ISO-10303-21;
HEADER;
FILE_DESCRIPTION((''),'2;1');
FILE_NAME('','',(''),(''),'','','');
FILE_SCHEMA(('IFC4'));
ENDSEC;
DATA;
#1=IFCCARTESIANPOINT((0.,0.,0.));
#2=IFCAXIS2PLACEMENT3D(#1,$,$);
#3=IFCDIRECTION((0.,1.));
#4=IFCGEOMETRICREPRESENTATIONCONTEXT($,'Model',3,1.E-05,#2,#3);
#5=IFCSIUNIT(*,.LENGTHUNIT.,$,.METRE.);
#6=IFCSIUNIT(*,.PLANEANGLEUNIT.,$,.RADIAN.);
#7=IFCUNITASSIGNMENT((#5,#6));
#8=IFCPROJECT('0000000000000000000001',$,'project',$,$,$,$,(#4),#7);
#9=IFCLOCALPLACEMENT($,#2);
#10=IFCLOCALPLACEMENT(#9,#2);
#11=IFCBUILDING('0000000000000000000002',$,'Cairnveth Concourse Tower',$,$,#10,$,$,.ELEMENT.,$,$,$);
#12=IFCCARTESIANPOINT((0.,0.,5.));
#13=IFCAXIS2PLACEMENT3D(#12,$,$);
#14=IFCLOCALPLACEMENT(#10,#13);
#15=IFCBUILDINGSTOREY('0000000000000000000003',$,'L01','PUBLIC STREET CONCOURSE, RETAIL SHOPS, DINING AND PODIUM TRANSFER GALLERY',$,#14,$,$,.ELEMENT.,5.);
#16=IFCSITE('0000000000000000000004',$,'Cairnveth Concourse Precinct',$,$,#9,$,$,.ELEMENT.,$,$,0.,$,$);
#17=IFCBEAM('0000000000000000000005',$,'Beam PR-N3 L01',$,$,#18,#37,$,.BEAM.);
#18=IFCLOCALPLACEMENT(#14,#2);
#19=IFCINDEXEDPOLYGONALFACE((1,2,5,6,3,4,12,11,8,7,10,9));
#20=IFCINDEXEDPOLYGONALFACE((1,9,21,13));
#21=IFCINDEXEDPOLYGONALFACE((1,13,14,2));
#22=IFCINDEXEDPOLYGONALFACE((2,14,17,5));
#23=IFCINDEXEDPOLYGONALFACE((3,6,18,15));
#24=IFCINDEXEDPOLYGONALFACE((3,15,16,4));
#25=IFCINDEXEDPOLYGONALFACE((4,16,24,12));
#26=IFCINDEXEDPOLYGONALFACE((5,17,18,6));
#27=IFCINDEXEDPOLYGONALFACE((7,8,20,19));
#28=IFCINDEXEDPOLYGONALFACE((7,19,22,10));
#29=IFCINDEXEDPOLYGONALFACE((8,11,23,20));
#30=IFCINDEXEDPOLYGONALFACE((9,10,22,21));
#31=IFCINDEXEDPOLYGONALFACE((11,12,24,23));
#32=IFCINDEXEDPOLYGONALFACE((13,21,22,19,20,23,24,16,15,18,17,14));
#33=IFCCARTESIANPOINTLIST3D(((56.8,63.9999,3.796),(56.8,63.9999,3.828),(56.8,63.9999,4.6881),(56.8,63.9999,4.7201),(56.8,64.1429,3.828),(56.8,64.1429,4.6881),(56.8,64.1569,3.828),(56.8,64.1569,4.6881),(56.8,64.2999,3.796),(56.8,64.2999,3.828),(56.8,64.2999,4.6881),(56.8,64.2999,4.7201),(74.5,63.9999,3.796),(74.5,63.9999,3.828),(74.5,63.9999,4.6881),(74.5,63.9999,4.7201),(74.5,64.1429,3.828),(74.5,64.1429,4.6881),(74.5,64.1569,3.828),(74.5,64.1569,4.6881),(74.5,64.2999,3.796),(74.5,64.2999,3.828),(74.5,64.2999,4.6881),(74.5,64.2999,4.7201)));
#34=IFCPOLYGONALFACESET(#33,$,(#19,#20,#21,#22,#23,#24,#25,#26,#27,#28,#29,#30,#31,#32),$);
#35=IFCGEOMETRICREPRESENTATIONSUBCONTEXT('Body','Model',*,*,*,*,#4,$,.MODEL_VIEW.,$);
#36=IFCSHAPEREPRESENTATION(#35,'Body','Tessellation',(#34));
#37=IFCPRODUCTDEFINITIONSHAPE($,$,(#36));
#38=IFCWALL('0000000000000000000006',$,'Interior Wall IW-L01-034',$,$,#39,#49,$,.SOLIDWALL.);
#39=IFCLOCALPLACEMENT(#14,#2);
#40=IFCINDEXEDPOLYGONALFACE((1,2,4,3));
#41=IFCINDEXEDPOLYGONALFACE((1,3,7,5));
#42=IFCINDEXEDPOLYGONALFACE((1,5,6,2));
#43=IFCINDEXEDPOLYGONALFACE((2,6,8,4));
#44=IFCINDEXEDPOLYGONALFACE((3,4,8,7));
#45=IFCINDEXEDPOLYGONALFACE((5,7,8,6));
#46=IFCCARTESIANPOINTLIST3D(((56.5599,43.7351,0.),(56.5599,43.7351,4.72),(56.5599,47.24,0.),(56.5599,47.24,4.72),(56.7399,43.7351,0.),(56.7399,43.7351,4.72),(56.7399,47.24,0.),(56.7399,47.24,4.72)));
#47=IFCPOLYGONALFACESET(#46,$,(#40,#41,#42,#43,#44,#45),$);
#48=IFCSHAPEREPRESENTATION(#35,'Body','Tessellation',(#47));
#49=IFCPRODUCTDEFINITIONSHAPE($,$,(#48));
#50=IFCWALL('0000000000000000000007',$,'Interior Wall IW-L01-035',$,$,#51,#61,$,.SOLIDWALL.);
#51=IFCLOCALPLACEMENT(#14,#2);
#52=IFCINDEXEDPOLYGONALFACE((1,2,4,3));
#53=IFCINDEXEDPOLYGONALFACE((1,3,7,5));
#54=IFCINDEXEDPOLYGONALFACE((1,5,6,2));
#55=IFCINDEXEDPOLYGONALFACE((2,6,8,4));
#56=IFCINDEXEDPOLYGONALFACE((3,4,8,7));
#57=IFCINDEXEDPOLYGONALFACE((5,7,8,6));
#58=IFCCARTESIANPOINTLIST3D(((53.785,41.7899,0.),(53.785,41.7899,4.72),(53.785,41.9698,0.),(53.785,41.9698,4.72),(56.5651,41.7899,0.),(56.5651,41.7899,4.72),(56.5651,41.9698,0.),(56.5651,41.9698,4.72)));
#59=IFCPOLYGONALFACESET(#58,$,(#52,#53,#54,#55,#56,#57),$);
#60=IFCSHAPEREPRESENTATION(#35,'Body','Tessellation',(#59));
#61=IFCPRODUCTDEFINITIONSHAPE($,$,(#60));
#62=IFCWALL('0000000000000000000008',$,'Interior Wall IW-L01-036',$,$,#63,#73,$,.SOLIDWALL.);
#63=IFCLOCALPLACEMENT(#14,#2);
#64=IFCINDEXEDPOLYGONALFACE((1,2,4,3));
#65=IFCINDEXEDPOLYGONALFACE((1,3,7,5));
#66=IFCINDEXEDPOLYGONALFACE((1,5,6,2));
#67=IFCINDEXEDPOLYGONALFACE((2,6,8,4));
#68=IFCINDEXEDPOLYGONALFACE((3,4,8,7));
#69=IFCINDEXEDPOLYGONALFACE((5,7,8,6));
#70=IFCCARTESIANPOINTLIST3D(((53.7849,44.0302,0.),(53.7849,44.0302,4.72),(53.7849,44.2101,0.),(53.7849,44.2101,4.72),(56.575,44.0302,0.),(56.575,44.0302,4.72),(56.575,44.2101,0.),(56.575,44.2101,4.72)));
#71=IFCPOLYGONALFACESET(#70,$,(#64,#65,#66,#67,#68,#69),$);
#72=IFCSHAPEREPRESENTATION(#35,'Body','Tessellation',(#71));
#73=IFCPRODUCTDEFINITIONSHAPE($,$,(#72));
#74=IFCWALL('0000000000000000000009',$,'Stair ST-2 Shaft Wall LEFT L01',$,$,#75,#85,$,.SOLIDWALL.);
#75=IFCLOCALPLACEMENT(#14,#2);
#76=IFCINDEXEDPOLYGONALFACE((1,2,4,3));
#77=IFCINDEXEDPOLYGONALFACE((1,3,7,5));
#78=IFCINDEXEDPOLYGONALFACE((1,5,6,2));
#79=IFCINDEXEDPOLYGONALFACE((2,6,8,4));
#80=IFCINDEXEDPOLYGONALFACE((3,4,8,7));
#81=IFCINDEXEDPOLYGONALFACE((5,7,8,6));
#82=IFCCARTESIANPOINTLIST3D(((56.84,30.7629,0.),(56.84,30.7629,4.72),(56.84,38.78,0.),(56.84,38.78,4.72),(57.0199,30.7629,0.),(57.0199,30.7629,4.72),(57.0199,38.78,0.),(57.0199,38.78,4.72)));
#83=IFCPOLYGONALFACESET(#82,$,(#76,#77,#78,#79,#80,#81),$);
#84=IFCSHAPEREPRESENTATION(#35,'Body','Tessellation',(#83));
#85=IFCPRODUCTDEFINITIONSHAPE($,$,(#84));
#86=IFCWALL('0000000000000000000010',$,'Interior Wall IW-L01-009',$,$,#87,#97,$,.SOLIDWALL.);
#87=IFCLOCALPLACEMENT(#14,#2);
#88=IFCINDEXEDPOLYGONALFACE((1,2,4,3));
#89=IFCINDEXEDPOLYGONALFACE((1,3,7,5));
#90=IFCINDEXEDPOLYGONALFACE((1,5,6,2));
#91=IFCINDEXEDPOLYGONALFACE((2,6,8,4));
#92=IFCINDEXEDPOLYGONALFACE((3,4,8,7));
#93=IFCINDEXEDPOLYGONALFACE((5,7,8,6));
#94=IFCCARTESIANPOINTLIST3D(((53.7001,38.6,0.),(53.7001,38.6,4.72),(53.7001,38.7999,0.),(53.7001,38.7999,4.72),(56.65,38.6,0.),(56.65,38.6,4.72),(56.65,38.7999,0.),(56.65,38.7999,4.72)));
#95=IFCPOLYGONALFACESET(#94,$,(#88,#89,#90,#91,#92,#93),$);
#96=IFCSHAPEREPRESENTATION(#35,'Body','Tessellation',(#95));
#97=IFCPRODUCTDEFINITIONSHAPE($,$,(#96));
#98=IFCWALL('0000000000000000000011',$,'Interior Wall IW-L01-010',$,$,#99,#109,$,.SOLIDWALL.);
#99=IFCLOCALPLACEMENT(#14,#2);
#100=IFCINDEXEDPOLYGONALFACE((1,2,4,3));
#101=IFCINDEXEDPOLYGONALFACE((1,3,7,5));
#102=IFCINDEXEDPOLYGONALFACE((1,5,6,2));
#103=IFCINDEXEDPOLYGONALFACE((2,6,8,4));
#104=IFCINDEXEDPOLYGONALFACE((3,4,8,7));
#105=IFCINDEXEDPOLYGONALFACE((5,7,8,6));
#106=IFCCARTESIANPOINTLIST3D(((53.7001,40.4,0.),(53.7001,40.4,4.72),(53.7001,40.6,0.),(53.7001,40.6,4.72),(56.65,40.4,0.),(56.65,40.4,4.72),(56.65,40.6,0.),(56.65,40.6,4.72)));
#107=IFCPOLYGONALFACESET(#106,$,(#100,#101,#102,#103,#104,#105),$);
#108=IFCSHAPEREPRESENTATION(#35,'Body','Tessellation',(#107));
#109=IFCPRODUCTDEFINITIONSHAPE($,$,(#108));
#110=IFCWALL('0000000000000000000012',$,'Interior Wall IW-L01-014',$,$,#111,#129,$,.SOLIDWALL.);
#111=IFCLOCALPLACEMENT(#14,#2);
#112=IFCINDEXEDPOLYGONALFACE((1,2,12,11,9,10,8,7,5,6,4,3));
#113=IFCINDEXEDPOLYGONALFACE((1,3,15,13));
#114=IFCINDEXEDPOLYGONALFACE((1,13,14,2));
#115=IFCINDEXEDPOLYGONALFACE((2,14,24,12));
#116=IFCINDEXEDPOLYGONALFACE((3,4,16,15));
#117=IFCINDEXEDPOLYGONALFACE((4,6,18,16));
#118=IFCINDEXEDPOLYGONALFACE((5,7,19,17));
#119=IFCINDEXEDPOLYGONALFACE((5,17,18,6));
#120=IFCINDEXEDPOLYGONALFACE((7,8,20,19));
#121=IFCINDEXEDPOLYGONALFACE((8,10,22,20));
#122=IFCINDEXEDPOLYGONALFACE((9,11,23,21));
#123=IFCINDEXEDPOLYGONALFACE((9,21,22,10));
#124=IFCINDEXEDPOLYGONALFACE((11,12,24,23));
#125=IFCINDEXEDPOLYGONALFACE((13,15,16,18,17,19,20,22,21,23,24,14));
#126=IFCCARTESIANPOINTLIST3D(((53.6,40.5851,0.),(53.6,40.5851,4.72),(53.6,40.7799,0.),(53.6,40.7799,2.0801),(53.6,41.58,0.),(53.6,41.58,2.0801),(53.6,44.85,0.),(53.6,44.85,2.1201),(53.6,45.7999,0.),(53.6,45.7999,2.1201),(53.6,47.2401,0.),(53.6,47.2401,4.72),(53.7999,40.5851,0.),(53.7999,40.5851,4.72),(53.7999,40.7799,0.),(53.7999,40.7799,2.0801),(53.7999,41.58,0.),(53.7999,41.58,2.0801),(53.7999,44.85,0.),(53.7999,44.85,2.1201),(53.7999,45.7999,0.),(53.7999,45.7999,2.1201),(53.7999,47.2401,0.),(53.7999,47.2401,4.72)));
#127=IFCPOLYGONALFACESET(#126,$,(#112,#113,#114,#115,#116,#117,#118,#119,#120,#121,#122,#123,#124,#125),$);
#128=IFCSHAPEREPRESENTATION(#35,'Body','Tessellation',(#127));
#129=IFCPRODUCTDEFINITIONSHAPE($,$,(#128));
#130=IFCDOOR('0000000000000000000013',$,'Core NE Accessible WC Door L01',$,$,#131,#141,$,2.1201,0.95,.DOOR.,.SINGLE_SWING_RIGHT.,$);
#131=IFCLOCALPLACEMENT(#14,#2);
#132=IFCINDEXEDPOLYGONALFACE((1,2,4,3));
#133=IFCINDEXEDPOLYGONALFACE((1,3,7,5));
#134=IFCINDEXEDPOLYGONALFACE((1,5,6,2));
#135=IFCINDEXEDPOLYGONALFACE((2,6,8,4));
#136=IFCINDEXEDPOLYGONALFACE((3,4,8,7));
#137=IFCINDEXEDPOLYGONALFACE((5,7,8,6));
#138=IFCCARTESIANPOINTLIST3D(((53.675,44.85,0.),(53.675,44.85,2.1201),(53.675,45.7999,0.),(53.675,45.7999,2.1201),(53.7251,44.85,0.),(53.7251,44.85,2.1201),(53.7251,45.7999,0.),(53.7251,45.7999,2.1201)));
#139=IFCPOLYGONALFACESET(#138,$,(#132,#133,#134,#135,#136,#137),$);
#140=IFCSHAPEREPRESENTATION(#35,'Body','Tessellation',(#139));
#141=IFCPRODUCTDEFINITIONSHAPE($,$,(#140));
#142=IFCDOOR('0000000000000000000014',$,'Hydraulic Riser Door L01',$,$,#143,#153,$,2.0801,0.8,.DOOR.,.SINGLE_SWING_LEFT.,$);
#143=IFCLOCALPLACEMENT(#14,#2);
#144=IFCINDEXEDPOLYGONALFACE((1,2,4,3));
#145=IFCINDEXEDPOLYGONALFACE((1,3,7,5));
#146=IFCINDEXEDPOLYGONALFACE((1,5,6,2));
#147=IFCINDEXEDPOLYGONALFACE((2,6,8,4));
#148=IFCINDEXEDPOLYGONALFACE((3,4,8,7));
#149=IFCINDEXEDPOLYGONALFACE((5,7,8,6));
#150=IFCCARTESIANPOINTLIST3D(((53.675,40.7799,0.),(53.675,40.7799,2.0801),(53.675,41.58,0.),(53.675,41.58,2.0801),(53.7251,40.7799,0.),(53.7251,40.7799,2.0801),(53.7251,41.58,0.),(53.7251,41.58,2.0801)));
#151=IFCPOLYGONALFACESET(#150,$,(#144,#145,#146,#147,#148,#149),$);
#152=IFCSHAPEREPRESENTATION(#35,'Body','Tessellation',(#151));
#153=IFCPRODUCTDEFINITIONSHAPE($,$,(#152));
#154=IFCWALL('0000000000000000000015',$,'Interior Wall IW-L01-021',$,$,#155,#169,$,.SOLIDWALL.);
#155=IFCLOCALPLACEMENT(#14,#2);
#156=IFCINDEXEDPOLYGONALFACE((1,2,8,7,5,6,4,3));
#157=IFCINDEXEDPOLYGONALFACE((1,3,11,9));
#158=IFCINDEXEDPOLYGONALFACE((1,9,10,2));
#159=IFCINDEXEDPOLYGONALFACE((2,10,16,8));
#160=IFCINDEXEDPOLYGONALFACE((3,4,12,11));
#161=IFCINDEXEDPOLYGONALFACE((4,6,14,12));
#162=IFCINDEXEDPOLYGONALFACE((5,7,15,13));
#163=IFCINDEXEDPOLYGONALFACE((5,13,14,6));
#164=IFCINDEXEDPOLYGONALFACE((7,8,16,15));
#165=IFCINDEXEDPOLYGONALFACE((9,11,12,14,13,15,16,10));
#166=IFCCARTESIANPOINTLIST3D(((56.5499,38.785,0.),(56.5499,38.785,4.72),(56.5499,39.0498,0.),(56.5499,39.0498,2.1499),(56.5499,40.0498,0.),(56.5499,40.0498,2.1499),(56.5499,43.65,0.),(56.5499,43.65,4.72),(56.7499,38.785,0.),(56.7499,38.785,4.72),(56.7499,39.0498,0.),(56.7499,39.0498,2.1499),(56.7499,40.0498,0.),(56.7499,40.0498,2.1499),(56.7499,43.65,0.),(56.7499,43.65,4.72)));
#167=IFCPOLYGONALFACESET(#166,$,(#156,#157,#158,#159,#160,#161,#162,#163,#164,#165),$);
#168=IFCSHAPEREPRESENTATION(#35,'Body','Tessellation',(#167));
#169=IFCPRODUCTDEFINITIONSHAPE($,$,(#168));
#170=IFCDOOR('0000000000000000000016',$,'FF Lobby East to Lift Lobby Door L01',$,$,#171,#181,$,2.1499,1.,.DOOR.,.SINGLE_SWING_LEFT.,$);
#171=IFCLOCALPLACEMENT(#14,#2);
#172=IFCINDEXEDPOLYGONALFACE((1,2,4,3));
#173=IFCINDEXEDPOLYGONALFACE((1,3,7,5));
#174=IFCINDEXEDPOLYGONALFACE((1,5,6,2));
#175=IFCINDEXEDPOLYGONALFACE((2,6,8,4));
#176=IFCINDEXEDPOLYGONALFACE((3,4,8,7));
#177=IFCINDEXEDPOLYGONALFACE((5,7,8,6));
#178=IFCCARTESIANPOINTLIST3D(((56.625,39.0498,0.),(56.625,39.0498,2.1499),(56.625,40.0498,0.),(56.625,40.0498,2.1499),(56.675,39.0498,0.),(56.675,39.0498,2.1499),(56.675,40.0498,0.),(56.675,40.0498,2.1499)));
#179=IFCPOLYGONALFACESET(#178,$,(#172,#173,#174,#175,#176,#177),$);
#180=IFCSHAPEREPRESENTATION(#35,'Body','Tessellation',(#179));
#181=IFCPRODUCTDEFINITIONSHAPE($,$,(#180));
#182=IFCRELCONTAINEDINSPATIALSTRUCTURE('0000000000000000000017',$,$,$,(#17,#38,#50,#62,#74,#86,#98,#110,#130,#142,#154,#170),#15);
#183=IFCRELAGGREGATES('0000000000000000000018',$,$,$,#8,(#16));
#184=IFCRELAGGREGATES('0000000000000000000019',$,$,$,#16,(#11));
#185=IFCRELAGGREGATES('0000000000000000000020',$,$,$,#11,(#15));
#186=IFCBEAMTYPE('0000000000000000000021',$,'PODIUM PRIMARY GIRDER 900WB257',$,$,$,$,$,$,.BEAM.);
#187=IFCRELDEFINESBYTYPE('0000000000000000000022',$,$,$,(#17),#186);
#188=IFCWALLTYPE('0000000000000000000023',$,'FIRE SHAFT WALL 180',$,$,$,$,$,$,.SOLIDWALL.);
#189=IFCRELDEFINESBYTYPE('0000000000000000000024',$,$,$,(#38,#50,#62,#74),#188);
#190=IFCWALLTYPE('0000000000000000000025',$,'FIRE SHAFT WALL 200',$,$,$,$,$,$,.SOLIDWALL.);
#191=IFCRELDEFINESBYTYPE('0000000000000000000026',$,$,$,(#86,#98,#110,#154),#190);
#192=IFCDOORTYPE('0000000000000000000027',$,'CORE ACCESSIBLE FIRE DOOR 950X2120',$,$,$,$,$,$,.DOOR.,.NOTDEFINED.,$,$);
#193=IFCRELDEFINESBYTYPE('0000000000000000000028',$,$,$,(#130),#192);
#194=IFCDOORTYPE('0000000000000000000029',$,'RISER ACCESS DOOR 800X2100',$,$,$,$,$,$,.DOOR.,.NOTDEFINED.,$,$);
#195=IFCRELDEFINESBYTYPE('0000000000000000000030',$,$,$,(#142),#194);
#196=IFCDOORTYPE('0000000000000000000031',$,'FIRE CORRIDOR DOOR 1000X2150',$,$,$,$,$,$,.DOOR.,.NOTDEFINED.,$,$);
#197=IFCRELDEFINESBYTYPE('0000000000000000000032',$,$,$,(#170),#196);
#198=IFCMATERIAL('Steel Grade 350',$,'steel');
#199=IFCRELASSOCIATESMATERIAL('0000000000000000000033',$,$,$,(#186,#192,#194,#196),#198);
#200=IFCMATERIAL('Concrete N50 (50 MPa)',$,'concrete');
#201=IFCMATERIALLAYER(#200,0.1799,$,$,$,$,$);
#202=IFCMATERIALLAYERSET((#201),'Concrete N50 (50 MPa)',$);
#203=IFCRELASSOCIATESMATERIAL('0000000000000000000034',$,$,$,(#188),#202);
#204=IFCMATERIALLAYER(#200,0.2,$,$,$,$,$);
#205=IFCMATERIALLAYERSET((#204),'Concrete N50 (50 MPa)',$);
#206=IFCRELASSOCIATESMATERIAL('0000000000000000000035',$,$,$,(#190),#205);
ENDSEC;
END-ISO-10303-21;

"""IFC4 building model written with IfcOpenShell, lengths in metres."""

from ifc_helpers import new_model, si_unit, direction, frame, frame_2d, origin, origin_2d, place, context, subcontext, project, spatial, rectangle, i_section, extrude, material, layer, layer_set, material_profile, profile_set, type_object, element, fill, save


model = new_model("IFC4")

# Units and contexts
model_context = context("Model", 3, precision=1e-05, world=origin(), true_north=direction((0.0, 1.0)))
body_context = subcontext(model_context, "Body", "Model", "MODEL_VIEW")
ifc_project = project(units=[si_unit("LENGTHUNIT", "METRE"), si_unit("PLANEANGLEUNIT", "RADIAN")], contexts=[model_context])

# Site, building, storey
site_placement = place(None, origin())
site = spatial("IfcSite", under=ifc_project, at=site_placement, Name="Cairnveth Concourse Precinct", CompositionType="ELEMENT", RefElevation=0.0)
building_placement = place(site_placement, origin())
building = spatial("IfcBuilding", under=site, at=building_placement, Name="Cairnveth Concourse Tower", CompositionType="ELEMENT")
storey_placement = place(building_placement, frame((0.0, 0.0, 5.0)))
storey = spatial("IfcBuildingStorey", under=building, at=storey_placement, Name="L01", Description="PUBLIC STREET CONCOURSE, RETAIL SHOPS, DINING AND PODIUM TRANSFER GALLERY", CompositionType="ELEMENT", Elevation=5.0)

# Beam
ifc_material_1 = material(Name="Steel Grade 350", Category="steel")
ifc_material_profile_1 = material_profile(ifc_material_1, i_section(OverallWidth=0.3, OverallDepth=0.9241, WebThickness=0.0139, FlangeThickness=0.032, at=origin_2d()), Name="900WB257")
ifc_profile_set_1 = profile_set([ifc_material_profile_1], Name="Steel Grade 350")
beam_type_1 = type_object("IfcBeamType", Name="PODIUM PRIMARY GIRDER 900WB257", PredefinedType="BEAM", material=ifc_profile_set_1)
beam_1_placement = place(storey_placement, frame((56.8, 64.1499, 4.2581), z_axis=(1.0, 0.0, 0.0), x_axis=(0.0, 1.0, 0.0)))
element("IfcBeam", 1, at=beam_1_placement, inside=storey, type_object=beam_type_1, Name="Beam PR-N3 L01", PredefinedType="BEAM", context=body_context, shape_type="SweptSolid", body=[
    extrude(i_section(OverallWidth=0.3, OverallDepth=0.9241, WebThickness=0.0139, FlangeThickness=0.032, at=origin_2d()), origin(), (0.0, 0.0, 1.0), 17.7),
])

# Walls
ifc_material_2 = material(Name="Concrete N50 (50 MPa)", Category="concrete")
ifc_layer_1 = layer(ifc_material_2, 0.1799)
ifc_layer_set_1 = layer_set([ifc_layer_1], Name="Concrete N50 (50 MPa)")
wall_type_1 = type_object("IfcWallType", Name="FIRE SHAFT WALL 180", PredefinedType="SOLIDWALL", material=ifc_layer_set_1)
wall_1_placement = place(storey_placement, frame((56.6499, 43.7351, 0.0), z_axis=(0.0, 0.0, 1.0), x_axis=(0.0, 1.0, 0.0)))
element("IfcWall", 2, at=wall_1_placement, inside=storey, type_object=wall_type_1, Name="Interior Wall IW-L01-034", PredefinedType="SOLIDWALL", context=body_context, shape_type="SweptSolid", body=[
    extrude(rectangle(XDim=3.5049, YDim=0.1799, at=frame_2d((1.7524, 0.0))), origin(), (0.0, 0.0, 1.0), 4.72),
])
wall_2_placement = place(storey_placement, frame((53.7849, 41.8799, 0.0), z_axis=(0.0, 0.0, 1.0), x_axis=(1.0, 0.0, 0.0)))
element("IfcWall", 3, at=wall_2_placement, inside=storey, type_object=wall_type_1, Name="Interior Wall IW-L01-035", PredefinedType="SOLIDWALL", context=body_context, shape_type="SweptSolid", body=[
    extrude(rectangle(XDim=2.78, YDim=0.1799, at=frame_2d((1.3901, 0.0))), origin(), (0.0, 0.0, 1.0), 4.72),
])
wall_3_placement = place(storey_placement, frame((53.7849, 44.1201, 0.0), z_axis=(0.0, 0.0, 1.0), x_axis=(1.0, 0.0, 0.0)))
element("IfcWall", 4, at=wall_3_placement, inside=storey, type_object=wall_type_1, Name="Interior Wall IW-L01-036", PredefinedType="SOLIDWALL", context=body_context, shape_type="SweptSolid", body=[
    extrude(rectangle(XDim=2.79, YDim=0.1799, at=frame_2d((1.395, 0.0))), origin(), (0.0, 0.0, 1.0), 4.72),
])

# Walls
wall_4_placement = place(storey_placement, frame((56.9299, 38.78, 0.0), z_axis=(0.0, 0.0, 1.0), x_axis=(0.0, -1.0, 0.0)))
element("IfcWall", 5, at=wall_4_placement, inside=storey, type_object=wall_type_1, Name="Stair ST-2 Shaft Wall LEFT L01", PredefinedType="SOLIDWALL", context=body_context, shape_type="SweptSolid", body=[
    extrude(rectangle(XDim=8.0171, YDim=0.1799, at=frame_2d((4.0085, 0.0))), origin(), (0.0, 0.0, 1.0), 4.72),
])
ifc_layer_2 = layer(ifc_material_2, 0.2)
ifc_layer_set_2 = layer_set([ifc_layer_2], Name="Concrete N50 (50 MPa)")
wall_type_2 = type_object("IfcWallType", Name="FIRE SHAFT WALL 200", PredefinedType="SOLIDWALL", material=ifc_layer_set_2)
for number, where, z_axis, x_axis, name in (
    (6, (53.7, 38.7, 0.0), (0.0, 0.0, 1.0), (1.0, 0.0, 0.0), "Interior Wall IW-L01-009"),
    (7, (53.7, 40.5, 0.0), (0.0, 0.0, 1.0), (1.0, 0.0, 0.0), "Interior Wall IW-L01-010"),
):
    element("IfcWall", number, at=place(storey_placement, frame(where, z_axis=z_axis, x_axis=x_axis)), inside=storey, type_object=wall_type_2, Name=name, PredefinedType="SOLIDWALL", context=body_context, shape_type="SweptSolid", body=[
        extrude(rectangle(XDim=2.95, YDim=0.2, at=frame_2d((1.4751, 0.0))), origin(), (0.0, 0.0, 1.0), 4.72),
    ])

# Wall, openings, doors
wall_5_placement = place(storey_placement, frame((53.7, 40.585, 0.0), z_axis=(0.0, 0.0, 1.0), x_axis=(0.0, 1.0, 0.0)))
wall_5 = element("IfcWall", 8, at=wall_5_placement, inside=storey, type_object=wall_type_2, Name="Interior Wall IW-L01-014", PredefinedType="SOLIDWALL", context=body_context, shape_type="SweptSolid", body=[
    extrude(rectangle(XDim=6.655, YDim=0.2, at=frame_2d((3.3276, 0.0))), origin(), (0.0, 0.0, 1.0), 4.72),
])
opening_1_placement = place(wall_5_placement, frame((0.1951, 0.0, 0.0)))
opening_1 = element("IfcOpeningElement", 9, at=opening_1_placement, cuts=wall_5, PredefinedType="OPENING", context=body_context, shape_type="SweptSolid", body=[
    extrude(rectangle(XDim=0.8, YDim=2.0801, at=frame_2d((0.3999, 1.04))), frame((0.0, 0.1099, 0.0), z_axis=(0.0, -1.0, 0.0), x_axis=(1.0, 0.0, 0.0)), (0.0, 0.0, 1.0), 0.22),
])
opening_2_placement = place(wall_5_placement, frame((4.2649, 0.0, 0.0)))
opening_2 = element("IfcOpeningElement", 10, at=opening_2_placement, cuts=wall_5, PredefinedType="OPENING", context=body_context, shape_type="SweptSolid", body=[
    extrude(rectangle(XDim=0.95, YDim=2.1201, at=frame_2d((0.4751, 1.0601))), frame((0.0, 0.1099, 0.0), z_axis=(0.0, -1.0, 0.0), x_axis=(1.0, 0.0, 0.0)), (0.0, 0.0, 1.0), 0.22),
])
door_type_1 = type_object("IfcDoorType", Name="CORE ACCESSIBLE FIRE DOOR 950X2120", OperationType="NOTDEFINED", PredefinedType="DOOR", material=ifc_material_1)
door_1_placement = place(opening_2_placement, origin())
door_1 = element("IfcDoor", 11, at=door_1_placement, inside=storey, type_object=door_type_1, Name="Core NE Accessible WC Door L01", OperationType="SINGLE_SWING_RIGHT", OverallHeight=2.1201, OverallWidth=0.95, PredefinedType="DOOR", context=body_context, shape_type="SweptSolid", body=[
    extrude(rectangle(XDim=0.95, YDim=2.1201, at=frame_2d((0.4751, 1.0601))), frame((0.0, 0.0249, 0.0), z_axis=(0.0, -1.0, 0.0), x_axis=(1.0, 0.0, 0.0)), (0.0, 0.0, 1.0), 0.05),
])
fill(opening_2, door_1)
door_type_2 = type_object("IfcDoorType", Name="RISER ACCESS DOOR 800X2100", OperationType="NOTDEFINED", PredefinedType="DOOR", material=ifc_material_1)
door_2_placement = place(opening_1_placement, origin())
door_2 = element("IfcDoor", 12, at=door_2_placement, inside=storey, type_object=door_type_2, Name="Hydraulic Riser Door L01", OperationType="SINGLE_SWING_LEFT", OverallHeight=2.0801, OverallWidth=0.8, PredefinedType="DOOR", context=body_context, shape_type="SweptSolid", body=[
    extrude(rectangle(XDim=0.8, YDim=2.0801, at=frame_2d((0.3999, 1.04))), frame((0.0, 0.0249, 0.0), z_axis=(0.0, -1.0, 0.0), x_axis=(1.0, 0.0, 0.0)), (0.0, 0.0, 1.0), 0.05),
])
fill(opening_1, door_2)

# Wall, opening, door
wall_6_placement = place(storey_placement, frame((56.6499, 38.7849, 0.0), z_axis=(0.0, 0.0, 1.0), x_axis=(0.0, 1.0, 0.0)))
wall_6 = element("IfcWall", 13, at=wall_6_placement, inside=storey, type_object=wall_type_2, Name="Interior Wall IW-L01-021", PredefinedType="SOLIDWALL", context=body_context, shape_type="SweptSolid", body=[
    extrude(rectangle(XDim=4.865, YDim=0.2, at=frame_2d((2.4326, 0.0))), origin(), (0.0, 0.0, 1.0), 4.72),
])
opening_3_placement = place(wall_6_placement, frame((0.2649, 0.0, 0.0)))
opening_3 = element("IfcOpeningElement", 14, at=opening_3_placement, cuts=wall_6, PredefinedType="OPENING", context=body_context, shape_type="SweptSolid", body=[
    extrude(rectangle(XDim=1.0, YDim=2.1499, at=frame_2d((0.5, 1.075))), frame((0.0, 0.1099, 0.0), z_axis=(0.0, -1.0, 0.0), x_axis=(1.0, 0.0, 0.0)), (0.0, 0.0, 1.0), 0.22),
])
door_type_3 = type_object("IfcDoorType", Name="FIRE CORRIDOR DOOR 1000X2150", OperationType="NOTDEFINED", PredefinedType="DOOR", material=ifc_material_1)
door_3_placement = place(opening_3_placement, origin())
door_3 = element("IfcDoor", 15, at=door_3_placement, inside=storey, type_object=door_type_3, Name="FF Lobby East to Lift Lobby Door L01", OperationType="SINGLE_SWING_LEFT", OverallHeight=2.1499, OverallWidth=1.0, PredefinedType="DOOR", context=body_context, shape_type="SweptSolid", body=[
    extrude(rectangle(XDim=1.0, YDim=2.1499, at=frame_2d((0.5, 1.075))), frame((0.0, 0.0249, 0.0), z_axis=(0.0, -1.0, 0.0), x_axis=(1.0, 0.0, 0.0)), (0.0, 0.0, 1.0), 0.05),
])
fill(opening_3, door_3)

save(model, "model.ifc")
